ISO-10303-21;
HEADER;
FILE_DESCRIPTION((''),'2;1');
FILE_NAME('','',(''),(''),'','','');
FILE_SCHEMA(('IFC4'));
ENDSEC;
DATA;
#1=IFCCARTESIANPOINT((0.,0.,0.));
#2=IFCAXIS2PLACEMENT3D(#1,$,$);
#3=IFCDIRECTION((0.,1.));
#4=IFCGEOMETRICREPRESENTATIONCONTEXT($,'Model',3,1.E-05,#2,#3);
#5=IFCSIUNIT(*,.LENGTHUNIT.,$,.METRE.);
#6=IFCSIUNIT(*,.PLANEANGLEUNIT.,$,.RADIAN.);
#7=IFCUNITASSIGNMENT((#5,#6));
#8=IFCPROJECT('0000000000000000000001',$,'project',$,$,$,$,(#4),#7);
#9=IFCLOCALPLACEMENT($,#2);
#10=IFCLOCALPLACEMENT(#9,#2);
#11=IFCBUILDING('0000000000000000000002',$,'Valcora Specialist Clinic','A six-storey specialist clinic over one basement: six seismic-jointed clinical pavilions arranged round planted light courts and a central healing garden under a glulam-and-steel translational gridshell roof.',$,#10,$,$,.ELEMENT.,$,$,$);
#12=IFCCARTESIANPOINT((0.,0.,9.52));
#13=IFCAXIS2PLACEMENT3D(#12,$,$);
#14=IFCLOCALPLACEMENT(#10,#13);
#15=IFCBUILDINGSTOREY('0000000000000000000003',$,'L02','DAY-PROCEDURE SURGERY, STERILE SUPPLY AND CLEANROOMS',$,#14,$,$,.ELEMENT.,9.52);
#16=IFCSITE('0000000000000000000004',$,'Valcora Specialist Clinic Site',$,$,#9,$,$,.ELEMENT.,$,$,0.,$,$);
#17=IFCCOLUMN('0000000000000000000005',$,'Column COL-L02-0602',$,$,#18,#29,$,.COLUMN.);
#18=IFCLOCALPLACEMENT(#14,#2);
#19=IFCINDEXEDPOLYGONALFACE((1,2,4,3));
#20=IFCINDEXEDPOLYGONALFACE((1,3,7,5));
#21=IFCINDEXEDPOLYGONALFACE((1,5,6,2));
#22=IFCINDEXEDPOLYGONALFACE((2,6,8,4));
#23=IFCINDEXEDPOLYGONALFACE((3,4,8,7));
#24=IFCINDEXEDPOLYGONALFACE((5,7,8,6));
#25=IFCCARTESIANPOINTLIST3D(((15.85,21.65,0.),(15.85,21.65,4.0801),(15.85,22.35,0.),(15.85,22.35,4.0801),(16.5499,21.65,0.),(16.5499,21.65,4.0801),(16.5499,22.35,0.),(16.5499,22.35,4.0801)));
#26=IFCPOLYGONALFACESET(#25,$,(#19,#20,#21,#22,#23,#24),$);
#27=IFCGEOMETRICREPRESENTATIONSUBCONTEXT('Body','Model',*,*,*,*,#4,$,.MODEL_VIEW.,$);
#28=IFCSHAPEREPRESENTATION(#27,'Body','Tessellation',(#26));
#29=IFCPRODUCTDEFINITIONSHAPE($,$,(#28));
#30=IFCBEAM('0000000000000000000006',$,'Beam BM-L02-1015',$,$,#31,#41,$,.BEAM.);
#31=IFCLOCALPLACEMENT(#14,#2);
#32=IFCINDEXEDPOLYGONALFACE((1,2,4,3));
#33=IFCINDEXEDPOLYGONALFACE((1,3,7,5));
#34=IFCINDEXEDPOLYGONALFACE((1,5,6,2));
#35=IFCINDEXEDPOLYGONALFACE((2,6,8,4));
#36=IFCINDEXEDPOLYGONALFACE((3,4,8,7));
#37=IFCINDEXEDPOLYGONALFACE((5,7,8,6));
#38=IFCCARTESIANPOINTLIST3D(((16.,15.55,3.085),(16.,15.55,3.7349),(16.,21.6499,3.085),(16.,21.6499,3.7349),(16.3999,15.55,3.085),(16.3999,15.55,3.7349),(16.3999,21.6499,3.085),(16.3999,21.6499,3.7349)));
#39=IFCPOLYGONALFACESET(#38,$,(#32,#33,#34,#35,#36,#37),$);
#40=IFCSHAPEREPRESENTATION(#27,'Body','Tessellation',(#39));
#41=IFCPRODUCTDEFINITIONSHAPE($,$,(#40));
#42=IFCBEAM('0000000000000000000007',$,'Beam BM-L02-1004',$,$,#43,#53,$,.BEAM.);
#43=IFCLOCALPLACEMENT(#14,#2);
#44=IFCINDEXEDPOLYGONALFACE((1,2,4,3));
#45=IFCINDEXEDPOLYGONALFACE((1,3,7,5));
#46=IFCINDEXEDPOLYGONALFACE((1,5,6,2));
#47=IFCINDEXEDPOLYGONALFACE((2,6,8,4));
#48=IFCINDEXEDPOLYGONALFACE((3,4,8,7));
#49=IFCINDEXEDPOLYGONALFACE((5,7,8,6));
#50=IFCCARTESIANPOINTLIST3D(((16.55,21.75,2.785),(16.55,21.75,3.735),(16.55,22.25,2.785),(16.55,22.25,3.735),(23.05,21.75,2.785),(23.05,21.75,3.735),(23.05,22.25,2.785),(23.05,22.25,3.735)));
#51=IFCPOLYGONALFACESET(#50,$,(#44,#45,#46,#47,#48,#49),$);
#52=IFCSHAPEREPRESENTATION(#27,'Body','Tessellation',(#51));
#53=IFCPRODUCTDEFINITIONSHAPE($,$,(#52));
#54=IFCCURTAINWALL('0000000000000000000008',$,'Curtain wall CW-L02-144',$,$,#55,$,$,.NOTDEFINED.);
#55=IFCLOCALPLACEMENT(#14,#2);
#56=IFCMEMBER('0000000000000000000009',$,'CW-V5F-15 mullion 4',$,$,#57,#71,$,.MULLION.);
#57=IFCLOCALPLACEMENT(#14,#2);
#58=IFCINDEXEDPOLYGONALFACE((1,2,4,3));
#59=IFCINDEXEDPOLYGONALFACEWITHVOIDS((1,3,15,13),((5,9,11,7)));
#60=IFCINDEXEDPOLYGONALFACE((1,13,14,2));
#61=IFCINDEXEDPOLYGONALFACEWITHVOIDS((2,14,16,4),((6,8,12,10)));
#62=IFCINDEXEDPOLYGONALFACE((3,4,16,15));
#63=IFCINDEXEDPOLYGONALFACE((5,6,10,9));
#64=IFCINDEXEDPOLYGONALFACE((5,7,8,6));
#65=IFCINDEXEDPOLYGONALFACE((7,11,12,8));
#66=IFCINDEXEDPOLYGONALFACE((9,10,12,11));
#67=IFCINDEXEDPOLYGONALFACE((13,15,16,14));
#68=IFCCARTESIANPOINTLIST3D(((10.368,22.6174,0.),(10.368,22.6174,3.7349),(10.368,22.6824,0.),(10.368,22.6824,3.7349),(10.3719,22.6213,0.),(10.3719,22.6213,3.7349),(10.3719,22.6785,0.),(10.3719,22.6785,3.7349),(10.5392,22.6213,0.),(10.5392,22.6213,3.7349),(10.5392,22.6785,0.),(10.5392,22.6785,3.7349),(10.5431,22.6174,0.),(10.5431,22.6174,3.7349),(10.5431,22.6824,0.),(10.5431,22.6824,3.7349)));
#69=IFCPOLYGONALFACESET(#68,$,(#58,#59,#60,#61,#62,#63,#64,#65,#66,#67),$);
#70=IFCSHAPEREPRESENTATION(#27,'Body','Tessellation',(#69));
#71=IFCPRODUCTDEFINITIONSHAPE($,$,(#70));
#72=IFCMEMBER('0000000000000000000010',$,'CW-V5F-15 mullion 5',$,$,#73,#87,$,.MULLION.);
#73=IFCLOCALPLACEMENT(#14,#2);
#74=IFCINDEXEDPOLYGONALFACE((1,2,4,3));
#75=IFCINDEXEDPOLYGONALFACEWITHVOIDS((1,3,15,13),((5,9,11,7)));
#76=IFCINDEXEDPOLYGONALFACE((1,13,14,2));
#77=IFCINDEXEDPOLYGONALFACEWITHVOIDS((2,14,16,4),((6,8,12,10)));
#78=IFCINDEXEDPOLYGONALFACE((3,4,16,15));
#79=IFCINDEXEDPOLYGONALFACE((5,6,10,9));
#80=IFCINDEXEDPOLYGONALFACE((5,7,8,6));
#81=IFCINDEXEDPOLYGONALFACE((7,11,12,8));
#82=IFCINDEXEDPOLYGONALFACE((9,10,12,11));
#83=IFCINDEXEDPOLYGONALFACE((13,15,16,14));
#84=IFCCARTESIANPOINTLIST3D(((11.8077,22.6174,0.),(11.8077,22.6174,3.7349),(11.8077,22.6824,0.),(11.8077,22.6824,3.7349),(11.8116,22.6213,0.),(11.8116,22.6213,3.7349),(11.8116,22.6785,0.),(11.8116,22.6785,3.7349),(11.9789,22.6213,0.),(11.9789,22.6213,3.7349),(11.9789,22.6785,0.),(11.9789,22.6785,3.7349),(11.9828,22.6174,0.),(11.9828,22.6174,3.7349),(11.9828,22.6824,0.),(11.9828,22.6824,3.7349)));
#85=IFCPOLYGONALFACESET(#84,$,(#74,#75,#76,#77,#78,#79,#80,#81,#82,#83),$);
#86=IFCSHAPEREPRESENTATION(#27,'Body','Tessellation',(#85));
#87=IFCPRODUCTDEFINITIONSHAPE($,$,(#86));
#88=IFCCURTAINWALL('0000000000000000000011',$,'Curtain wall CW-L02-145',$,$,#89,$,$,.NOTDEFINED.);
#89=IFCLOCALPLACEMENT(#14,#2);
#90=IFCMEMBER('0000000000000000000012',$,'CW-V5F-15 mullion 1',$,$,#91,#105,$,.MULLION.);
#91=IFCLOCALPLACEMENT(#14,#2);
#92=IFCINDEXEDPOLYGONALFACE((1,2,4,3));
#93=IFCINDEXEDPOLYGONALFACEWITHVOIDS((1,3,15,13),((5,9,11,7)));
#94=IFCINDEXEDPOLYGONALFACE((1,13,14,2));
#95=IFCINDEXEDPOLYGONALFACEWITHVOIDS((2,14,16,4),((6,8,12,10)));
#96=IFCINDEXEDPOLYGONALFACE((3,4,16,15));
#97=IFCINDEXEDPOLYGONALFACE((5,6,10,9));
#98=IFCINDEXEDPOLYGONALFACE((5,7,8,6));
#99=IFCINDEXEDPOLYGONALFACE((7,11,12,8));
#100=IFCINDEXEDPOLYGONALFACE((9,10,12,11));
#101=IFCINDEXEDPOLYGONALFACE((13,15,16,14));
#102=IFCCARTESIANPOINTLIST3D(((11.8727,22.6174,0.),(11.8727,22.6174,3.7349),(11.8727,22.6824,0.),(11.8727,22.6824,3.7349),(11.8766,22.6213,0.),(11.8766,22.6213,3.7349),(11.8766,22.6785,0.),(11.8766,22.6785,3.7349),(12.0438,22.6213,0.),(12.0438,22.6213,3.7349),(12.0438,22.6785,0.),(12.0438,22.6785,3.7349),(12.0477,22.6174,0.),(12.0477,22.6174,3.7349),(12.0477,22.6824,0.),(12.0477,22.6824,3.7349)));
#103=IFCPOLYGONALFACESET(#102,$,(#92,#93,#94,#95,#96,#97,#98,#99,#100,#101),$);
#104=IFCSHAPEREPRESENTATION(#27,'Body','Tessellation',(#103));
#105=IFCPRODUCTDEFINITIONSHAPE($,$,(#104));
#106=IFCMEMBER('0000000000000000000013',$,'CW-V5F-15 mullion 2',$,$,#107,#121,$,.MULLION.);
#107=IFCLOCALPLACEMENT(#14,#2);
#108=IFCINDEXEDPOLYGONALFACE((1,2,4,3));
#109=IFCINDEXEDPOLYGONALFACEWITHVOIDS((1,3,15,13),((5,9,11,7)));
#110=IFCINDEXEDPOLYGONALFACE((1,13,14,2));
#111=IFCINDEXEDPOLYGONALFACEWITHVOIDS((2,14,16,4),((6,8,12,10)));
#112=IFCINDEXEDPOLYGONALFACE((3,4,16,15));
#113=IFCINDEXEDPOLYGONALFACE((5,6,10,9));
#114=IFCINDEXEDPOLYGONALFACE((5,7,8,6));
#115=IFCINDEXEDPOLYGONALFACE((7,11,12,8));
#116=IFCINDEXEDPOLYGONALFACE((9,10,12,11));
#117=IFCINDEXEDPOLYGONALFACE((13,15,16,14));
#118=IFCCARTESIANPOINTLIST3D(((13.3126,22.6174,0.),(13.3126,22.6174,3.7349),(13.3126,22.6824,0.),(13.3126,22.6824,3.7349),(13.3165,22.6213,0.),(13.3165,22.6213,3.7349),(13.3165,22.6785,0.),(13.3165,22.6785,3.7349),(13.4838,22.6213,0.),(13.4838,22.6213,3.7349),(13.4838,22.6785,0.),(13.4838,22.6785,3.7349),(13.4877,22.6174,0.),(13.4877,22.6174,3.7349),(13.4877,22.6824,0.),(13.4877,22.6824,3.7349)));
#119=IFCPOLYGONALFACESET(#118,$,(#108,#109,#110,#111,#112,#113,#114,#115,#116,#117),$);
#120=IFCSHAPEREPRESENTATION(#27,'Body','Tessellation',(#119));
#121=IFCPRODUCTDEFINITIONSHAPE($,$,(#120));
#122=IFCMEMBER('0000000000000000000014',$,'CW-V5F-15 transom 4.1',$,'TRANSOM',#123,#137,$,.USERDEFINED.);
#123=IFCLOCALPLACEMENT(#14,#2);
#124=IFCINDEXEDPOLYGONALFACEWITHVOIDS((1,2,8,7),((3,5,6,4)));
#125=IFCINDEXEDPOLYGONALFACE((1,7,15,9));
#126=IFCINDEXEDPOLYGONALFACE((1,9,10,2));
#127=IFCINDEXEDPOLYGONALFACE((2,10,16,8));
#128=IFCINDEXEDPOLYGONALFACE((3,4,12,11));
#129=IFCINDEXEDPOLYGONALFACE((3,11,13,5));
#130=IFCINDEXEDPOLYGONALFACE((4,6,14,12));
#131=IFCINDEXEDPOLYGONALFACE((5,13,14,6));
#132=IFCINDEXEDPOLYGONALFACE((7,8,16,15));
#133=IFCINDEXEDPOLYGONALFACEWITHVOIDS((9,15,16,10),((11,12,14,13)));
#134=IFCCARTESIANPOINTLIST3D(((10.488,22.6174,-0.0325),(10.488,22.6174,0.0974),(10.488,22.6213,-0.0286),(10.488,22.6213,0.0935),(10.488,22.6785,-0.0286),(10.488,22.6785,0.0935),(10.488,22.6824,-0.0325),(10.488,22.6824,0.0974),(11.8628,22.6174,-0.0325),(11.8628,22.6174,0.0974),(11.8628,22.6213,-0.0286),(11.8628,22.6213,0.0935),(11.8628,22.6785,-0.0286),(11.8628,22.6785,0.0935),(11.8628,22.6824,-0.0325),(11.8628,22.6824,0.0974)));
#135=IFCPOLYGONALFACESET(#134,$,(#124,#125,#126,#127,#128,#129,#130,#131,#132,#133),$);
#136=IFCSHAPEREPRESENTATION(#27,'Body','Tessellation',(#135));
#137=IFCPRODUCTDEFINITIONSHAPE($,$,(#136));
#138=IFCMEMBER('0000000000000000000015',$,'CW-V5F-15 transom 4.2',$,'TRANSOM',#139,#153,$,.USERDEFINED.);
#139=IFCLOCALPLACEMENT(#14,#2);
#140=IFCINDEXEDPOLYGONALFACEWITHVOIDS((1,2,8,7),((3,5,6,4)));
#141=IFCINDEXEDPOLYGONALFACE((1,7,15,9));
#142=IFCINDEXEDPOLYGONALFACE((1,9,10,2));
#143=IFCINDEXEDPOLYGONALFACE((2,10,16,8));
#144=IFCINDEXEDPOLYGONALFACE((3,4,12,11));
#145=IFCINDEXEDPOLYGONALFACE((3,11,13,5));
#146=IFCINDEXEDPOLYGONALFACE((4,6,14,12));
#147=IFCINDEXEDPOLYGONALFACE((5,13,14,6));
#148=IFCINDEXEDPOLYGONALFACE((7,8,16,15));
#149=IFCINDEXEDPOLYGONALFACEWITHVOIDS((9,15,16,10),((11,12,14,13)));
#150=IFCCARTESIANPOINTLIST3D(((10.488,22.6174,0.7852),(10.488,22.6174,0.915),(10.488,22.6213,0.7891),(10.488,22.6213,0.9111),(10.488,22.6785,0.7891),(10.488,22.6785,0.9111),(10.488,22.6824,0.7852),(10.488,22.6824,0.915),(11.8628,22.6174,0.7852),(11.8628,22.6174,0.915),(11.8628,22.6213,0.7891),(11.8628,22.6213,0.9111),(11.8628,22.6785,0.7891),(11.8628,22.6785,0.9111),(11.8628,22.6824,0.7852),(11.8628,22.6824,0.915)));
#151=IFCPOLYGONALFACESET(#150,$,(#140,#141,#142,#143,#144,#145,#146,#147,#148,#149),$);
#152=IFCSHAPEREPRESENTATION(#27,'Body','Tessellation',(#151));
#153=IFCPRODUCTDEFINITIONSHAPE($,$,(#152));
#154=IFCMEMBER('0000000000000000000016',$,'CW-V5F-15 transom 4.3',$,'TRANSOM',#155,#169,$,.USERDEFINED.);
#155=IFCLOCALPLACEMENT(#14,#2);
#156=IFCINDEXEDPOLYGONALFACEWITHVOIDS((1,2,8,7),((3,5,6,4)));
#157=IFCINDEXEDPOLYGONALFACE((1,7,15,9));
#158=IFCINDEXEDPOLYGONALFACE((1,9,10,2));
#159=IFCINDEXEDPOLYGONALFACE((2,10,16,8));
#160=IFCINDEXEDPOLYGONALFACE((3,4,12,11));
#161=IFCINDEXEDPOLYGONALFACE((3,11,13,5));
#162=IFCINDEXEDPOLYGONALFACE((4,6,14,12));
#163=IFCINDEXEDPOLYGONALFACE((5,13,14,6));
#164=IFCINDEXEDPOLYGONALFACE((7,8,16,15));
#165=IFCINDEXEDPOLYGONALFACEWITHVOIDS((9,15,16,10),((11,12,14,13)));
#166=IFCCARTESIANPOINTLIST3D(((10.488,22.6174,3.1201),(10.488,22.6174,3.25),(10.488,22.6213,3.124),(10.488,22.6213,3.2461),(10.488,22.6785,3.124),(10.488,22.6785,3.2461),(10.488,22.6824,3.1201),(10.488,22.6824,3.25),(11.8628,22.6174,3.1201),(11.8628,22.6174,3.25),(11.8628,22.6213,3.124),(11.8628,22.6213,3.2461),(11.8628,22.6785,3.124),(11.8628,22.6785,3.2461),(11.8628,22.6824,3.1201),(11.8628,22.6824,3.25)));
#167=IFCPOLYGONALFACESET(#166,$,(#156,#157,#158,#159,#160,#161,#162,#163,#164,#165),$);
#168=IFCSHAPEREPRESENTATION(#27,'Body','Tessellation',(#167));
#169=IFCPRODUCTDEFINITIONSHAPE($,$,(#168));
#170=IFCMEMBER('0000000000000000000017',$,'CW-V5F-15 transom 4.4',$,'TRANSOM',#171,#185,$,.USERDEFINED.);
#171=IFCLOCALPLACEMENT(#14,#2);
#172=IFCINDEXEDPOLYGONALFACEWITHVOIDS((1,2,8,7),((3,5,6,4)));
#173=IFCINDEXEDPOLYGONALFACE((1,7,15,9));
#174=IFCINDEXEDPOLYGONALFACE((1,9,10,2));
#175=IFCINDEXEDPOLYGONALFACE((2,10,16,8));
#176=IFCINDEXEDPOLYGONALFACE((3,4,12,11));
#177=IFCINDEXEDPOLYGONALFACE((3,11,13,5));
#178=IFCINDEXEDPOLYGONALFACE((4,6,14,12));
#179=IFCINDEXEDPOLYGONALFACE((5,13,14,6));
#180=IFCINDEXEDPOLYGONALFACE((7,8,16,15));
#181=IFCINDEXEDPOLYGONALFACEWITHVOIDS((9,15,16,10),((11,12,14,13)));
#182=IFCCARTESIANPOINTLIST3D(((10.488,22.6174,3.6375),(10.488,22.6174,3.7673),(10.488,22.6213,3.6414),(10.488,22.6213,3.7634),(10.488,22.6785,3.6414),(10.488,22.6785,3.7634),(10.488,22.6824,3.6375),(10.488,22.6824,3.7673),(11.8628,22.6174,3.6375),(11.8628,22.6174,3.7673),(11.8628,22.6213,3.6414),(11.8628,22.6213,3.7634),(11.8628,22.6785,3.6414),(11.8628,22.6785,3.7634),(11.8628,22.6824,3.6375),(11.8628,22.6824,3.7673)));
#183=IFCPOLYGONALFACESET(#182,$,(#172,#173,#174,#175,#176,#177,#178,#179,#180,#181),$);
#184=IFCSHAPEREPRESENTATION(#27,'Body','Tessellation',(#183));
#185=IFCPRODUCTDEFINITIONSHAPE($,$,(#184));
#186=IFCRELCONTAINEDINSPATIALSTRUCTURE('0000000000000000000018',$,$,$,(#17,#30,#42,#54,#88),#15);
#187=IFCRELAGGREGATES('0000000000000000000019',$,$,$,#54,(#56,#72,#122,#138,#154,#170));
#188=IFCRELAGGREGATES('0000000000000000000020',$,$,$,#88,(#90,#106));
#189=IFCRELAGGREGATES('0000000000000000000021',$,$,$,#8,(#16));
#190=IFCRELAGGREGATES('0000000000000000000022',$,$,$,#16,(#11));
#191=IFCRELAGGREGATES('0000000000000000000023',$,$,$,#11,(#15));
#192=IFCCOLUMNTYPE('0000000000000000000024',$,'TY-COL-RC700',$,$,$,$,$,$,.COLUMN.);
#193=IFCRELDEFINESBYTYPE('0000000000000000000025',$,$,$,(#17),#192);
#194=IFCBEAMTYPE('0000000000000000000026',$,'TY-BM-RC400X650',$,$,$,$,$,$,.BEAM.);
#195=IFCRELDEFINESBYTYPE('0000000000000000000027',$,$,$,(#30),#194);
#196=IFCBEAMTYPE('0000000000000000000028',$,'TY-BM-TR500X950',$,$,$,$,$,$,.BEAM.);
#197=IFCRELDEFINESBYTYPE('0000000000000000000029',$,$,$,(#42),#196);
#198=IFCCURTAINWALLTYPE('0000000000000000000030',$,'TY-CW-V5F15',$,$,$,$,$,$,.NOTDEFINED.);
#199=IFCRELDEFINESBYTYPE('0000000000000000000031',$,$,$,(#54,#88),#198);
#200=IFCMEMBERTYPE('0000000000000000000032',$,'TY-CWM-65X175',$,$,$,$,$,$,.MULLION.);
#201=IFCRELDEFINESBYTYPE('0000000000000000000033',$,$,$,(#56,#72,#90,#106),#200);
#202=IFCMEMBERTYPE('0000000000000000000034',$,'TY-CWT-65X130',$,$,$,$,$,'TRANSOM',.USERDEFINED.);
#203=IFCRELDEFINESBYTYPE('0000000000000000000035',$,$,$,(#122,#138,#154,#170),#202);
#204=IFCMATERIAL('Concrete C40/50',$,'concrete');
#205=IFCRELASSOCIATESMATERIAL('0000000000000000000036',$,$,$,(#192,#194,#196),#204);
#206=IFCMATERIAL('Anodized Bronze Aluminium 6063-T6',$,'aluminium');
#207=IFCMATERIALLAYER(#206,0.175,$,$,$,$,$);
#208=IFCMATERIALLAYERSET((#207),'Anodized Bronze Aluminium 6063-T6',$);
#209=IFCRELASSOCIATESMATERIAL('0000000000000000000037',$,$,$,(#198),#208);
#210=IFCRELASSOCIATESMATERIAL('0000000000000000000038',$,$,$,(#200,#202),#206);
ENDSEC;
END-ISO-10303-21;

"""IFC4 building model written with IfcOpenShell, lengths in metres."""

from ifc_helpers import new_model, si_unit, direction, frame, origin, origin_2d, place, context, subcontext, project, spatial, rectangle, hollow_rectangle, extrude, material, layer, layer_set, material_profile, profile_set, type_object, element, aggregate, save


model = new_model("IFC4")

# Units and contexts
model_context = context("Model", 3, precision=1e-05, world=origin(), true_north=direction((0.0, 1.0)))
body_context = subcontext(model_context, "Body", "Model", "MODEL_VIEW")
ifc_project = project(units=[si_unit("LENGTHUNIT", "METRE"), si_unit("PLANEANGLEUNIT", "RADIAN")], contexts=[model_context])

# Site, building, storey
site_placement = place(None, origin())
site = spatial("IfcSite", under=ifc_project, at=site_placement, Name="Valcora Specialist Clinic Site", CompositionType="ELEMENT", RefElevation=0.0)
building_placement = place(site_placement, origin())
building = spatial("IfcBuilding", under=site, at=building_placement, Name="Valcora Specialist Clinic", Description="A six-storey specialist clinic over one basement: six seismic-jointed clinical pavilions arranged round planted light courts and a central healing garden under a glulam-and-steel translational gridshell roof.", CompositionType="ELEMENT")
storey_placement = place(building_placement, frame((0.0, 0.0, 9.52)))
storey = spatial("IfcBuildingStorey", under=building, at=storey_placement, Name="L02", Description="DAY-PROCEDURE SURGERY, STERILE SUPPLY AND CLEANROOMS", CompositionType="ELEMENT", Elevation=9.52)

# Column
ifc_material_1 = material(Name="Concrete C40/50", Category="concrete")
ifc_material_profile_1 = material_profile(ifc_material_1, rectangle(XDim=0.7, YDim=0.7, at=origin_2d()), Name="RC-COL-700X700")
ifc_profile_set_1 = profile_set([ifc_material_profile_1], Name="Concrete C40/50")
column_type = type_object("IfcColumnType", Name="TY-COL-RC700", PredefinedType="COLUMN", material=ifc_profile_set_1)
column_placement = place(storey_placement, frame((16.2, 22.0, 0.0), z_axis=(0.0, 0.0, 1.0), x_axis=(1.0, 0.0, 0.0)))
element("IfcColumn", 1, at=column_placement, inside=storey, type_object=column_type, Name="Column COL-L02-0602", PredefinedType="COLUMN", context=body_context, shape_type="SweptSolid", body=[
    extrude(rectangle(XDim=0.7, YDim=0.7, at=origin_2d()), origin(), (0.0, 0.0, 1.0), 4.0801),
])

# Beams
ifc_material_profile_2 = material_profile(ifc_material_1, rectangle(XDim=0.3999, YDim=0.6499, at=origin_2d()), Name="RC-BM-400X650")
ifc_profile_set_2 = profile_set([ifc_material_profile_2], Name="Concrete C40/50")
beam_type_1 = type_object("IfcBeamType", Name="TY-BM-RC400X650", PredefinedType="BEAM", material=ifc_profile_set_2)
beam_1_placement = place(storey_placement, frame((16.2, 15.55, 3.4099), z_axis=(0.0, 1.0, 0.0), x_axis=(-1.0, 0.0, 0.0)))
element("IfcBeam", 2, at=beam_1_placement, inside=storey, type_object=beam_type_1, Name="Beam BM-L02-1015", PredefinedType="BEAM", context=body_context, shape_type="SweptSolid", body=[
    extrude(rectangle(XDim=0.3999, YDim=0.6499, at=origin_2d()), origin(), (0.0, 0.0, 1.0), 6.0999),
])
ifc_material_profile_3 = material_profile(ifc_material_1, rectangle(XDim=0.5, YDim=0.95, at=origin_2d()), Name="RC-BM-500X950")
ifc_profile_set_3 = profile_set([ifc_material_profile_3], Name="Concrete C40/50")
beam_type_2 = type_object("IfcBeamType", Name="TY-BM-TR500X950", PredefinedType="BEAM", material=ifc_profile_set_3)
beam_2_placement = place(storey_placement, frame((16.55, 22.0, 3.26), z_axis=(1.0, 0.0, 0.0), x_axis=(0.0, 1.0, 0.0)))
element("IfcBeam", 3, at=beam_2_placement, inside=storey, type_object=beam_type_2, Name="Beam BM-L02-1004", PredefinedType="BEAM", context=body_context, shape_type="SweptSolid", body=[
    extrude(rectangle(XDim=0.5, YDim=0.95, at=origin_2d()), origin(), (0.0, 0.0, 1.0), 6.5),
])

# Curtain walls, members
ifc_material_2 = material(Name="Anodized Bronze Aluminium 6063-T6", Category="aluminium")
ifc_layer_1 = layer(ifc_material_2, 0.175)
ifc_layer_set_1 = layer_set([ifc_layer_1], Name="Anodized Bronze Aluminium 6063-T6")
curtain_wall_type = type_object("IfcCurtainWallType", Name="TY-CW-V5F15", PredefinedType="NOTDEFINED", material=ifc_layer_set_1)
curtain_wall_1_placement = place(storey_placement, origin())
curtain_wall_1 = element("IfcCurtainWall", 4, at=curtain_wall_1_placement, inside=storey, type_object=curtain_wall_type, Name="Curtain wall CW-L02-144", PredefinedType="NOTDEFINED")
ifc_material_profile_4 = material_profile(ifc_material_2, hollow_rectangle(XDim=0.0649, YDim=0.175, WallThickness=0.0039, at=origin_2d()), Name="AL-MUL-65X175")
ifc_profile_set_4 = profile_set([ifc_material_profile_4], Name="Anodized Bronze Aluminium 6063-T6")
member_type_1 = type_object("IfcMemberType", Name="TY-CWM-65X175", PredefinedType="MULLION", material=ifc_profile_set_4)
member_1_placement = place(storey_placement, frame((10.4556, 22.6499, 0.0), z_axis=(0.0, 0.0, 1.0), x_axis=(0.0, 1.0, 0.0)))
member_1 = element("IfcMember", 5, at=member_1_placement, type_object=member_type_1, Name="CW-V5F-15 mullion 4", PredefinedType="MULLION", context=body_context, shape_type="SweptSolid", body=[
    extrude(hollow_rectangle(XDim=0.0649, YDim=0.175, WallThickness=0.0039, at=origin_2d()), origin(), (0.0, 0.0, 1.0), 3.7349),
])
member_2_placement = place(storey_placement, frame((11.8953, 22.6499, 0.0), z_axis=(0.0, 0.0, 1.0), x_axis=(0.0, 1.0, 0.0)))
member_2 = element("IfcMember", 6, at=member_2_placement, type_object=member_type_1, Name="CW-V5F-15 mullion 5", PredefinedType="MULLION", context=body_context, shape_type="SweptSolid", body=[
    extrude(hollow_rectangle(XDim=0.0649, YDim=0.175, WallThickness=0.0039, at=origin_2d()), origin(), (0.0, 0.0, 1.0), 3.7349),
])
curtain_wall_2_placement = place(storey_placement, origin())
curtain_wall_2 = element("IfcCurtainWall", 7, at=curtain_wall_2_placement, inside=storey, type_object=curtain_wall_type, Name="Curtain wall CW-L02-145", PredefinedType="NOTDEFINED")
member_3_placement = place(storey_placement, frame((11.9602, 22.6499, 0.0), z_axis=(0.0, 0.0, 1.0), x_axis=(0.0, 1.0, 0.0)))
member_3 = element("IfcMember", 8, at=member_3_placement, type_object=member_type_1, Name="CW-V5F-15 mullion 1", PredefinedType="MULLION", context=body_context, shape_type="SweptSolid", body=[
    extrude(hollow_rectangle(XDim=0.0649, YDim=0.175, WallThickness=0.0039, at=origin_2d()), origin(), (0.0, 0.0, 1.0), 3.7349),
])
member_4_placement = place(storey_placement, frame((13.4001, 22.6499, 0.0), z_axis=(0.0, 0.0, 1.0), x_axis=(0.0, 1.0, 0.0)))
member_4 = element("IfcMember", 9, at=member_4_placement, type_object=member_type_1, Name="CW-V5F-15 mullion 2", PredefinedType="MULLION", context=body_context, shape_type="SweptSolid", body=[
    extrude(hollow_rectangle(XDim=0.0649, YDim=0.175, WallThickness=0.0039, at=origin_2d()), origin(), (0.0, 0.0, 1.0), 3.7349),
])

# Members
ifc_material_profile_5 = material_profile(ifc_material_2, hollow_rectangle(XDim=0.0649, YDim=0.1299, WallThickness=0.0039, at=origin_2d()), Name="AL-TRN-65X130")
ifc_profile_set_5 = profile_set([ifc_material_profile_5], Name="Anodized Bronze Aluminium 6063-T6")
member_type_2 = type_object("IfcMemberType", Name="TY-CWT-65X130", ElementType="TRANSOM", PredefinedType="USERDEFINED", material=ifc_profile_set_5)
member_5_placement = place(storey_placement, frame((10.488, 22.6499, 0.0325), z_axis=(1.0, 0.0, 0.0), x_axis=(0.0, 1.0, 0.0)))
member_5 = element("IfcMember", 10, at=member_5_placement, type_object=member_type_2, Name="CW-V5F-15 transom 4.1", ObjectType="TRANSOM", PredefinedType="USERDEFINED", context=body_context, shape_type="SweptSolid", body=[
    extrude(hollow_rectangle(XDim=0.0649, YDim=0.1299, WallThickness=0.0039, at=origin_2d()), origin(), (0.0, 0.0, 1.0), 1.3748),
])
member_6_placement = place(storey_placement, frame((10.488, 22.6499, 0.8501), z_axis=(1.0, 0.0, 0.0), x_axis=(0.0, 1.0, 0.0)))
member_6 = element("IfcMember", 11, at=member_6_placement, type_object=member_type_2, Name="CW-V5F-15 transom 4.2", ObjectType="TRANSOM", PredefinedType="USERDEFINED", context=body_context, shape_type="SweptSolid", body=[
    extrude(hollow_rectangle(XDim=0.0649, YDim=0.1299, WallThickness=0.0039, at=origin_2d()), origin(), (0.0, 0.0, 1.0), 1.3748),
])
member_7_placement = place(storey_placement, frame((10.488, 22.6499, 3.1851), z_axis=(1.0, 0.0, 0.0), x_axis=(0.0, 1.0, 0.0)))
member_7 = element("IfcMember", 12, at=member_7_placement, type_object=member_type_2, Name="CW-V5F-15 transom 4.3", ObjectType="TRANSOM", PredefinedType="USERDEFINED", context=body_context, shape_type="SweptSolid", body=[
    extrude(hollow_rectangle(XDim=0.0649, YDim=0.1299, WallThickness=0.0039, at=origin_2d()), origin(), (0.0, 0.0, 1.0), 1.3748),
])
member_8_placement = place(storey_placement, frame((10.488, 22.6499, 3.7024), z_axis=(1.0, 0.0, 0.0), x_axis=(0.0, 1.0, 0.0)))
member_8 = element("IfcMember", 13, at=member_8_placement, type_object=member_type_2, Name="CW-V5F-15 transom 4.4", ObjectType="TRANSOM", PredefinedType="USERDEFINED", context=body_context, shape_type="SweptSolid", body=[
    extrude(hollow_rectangle(XDim=0.0649, YDim=0.1299, WallThickness=0.0039, at=origin_2d()), origin(), (0.0, 0.0, 1.0), 1.3748),
])

aggregate(curtain_wall_1, [member_1, member_2, member_5, member_6, member_7, member_8])
aggregate(curtain_wall_2, [member_3, member_4])

save(model, "model.ifc")
